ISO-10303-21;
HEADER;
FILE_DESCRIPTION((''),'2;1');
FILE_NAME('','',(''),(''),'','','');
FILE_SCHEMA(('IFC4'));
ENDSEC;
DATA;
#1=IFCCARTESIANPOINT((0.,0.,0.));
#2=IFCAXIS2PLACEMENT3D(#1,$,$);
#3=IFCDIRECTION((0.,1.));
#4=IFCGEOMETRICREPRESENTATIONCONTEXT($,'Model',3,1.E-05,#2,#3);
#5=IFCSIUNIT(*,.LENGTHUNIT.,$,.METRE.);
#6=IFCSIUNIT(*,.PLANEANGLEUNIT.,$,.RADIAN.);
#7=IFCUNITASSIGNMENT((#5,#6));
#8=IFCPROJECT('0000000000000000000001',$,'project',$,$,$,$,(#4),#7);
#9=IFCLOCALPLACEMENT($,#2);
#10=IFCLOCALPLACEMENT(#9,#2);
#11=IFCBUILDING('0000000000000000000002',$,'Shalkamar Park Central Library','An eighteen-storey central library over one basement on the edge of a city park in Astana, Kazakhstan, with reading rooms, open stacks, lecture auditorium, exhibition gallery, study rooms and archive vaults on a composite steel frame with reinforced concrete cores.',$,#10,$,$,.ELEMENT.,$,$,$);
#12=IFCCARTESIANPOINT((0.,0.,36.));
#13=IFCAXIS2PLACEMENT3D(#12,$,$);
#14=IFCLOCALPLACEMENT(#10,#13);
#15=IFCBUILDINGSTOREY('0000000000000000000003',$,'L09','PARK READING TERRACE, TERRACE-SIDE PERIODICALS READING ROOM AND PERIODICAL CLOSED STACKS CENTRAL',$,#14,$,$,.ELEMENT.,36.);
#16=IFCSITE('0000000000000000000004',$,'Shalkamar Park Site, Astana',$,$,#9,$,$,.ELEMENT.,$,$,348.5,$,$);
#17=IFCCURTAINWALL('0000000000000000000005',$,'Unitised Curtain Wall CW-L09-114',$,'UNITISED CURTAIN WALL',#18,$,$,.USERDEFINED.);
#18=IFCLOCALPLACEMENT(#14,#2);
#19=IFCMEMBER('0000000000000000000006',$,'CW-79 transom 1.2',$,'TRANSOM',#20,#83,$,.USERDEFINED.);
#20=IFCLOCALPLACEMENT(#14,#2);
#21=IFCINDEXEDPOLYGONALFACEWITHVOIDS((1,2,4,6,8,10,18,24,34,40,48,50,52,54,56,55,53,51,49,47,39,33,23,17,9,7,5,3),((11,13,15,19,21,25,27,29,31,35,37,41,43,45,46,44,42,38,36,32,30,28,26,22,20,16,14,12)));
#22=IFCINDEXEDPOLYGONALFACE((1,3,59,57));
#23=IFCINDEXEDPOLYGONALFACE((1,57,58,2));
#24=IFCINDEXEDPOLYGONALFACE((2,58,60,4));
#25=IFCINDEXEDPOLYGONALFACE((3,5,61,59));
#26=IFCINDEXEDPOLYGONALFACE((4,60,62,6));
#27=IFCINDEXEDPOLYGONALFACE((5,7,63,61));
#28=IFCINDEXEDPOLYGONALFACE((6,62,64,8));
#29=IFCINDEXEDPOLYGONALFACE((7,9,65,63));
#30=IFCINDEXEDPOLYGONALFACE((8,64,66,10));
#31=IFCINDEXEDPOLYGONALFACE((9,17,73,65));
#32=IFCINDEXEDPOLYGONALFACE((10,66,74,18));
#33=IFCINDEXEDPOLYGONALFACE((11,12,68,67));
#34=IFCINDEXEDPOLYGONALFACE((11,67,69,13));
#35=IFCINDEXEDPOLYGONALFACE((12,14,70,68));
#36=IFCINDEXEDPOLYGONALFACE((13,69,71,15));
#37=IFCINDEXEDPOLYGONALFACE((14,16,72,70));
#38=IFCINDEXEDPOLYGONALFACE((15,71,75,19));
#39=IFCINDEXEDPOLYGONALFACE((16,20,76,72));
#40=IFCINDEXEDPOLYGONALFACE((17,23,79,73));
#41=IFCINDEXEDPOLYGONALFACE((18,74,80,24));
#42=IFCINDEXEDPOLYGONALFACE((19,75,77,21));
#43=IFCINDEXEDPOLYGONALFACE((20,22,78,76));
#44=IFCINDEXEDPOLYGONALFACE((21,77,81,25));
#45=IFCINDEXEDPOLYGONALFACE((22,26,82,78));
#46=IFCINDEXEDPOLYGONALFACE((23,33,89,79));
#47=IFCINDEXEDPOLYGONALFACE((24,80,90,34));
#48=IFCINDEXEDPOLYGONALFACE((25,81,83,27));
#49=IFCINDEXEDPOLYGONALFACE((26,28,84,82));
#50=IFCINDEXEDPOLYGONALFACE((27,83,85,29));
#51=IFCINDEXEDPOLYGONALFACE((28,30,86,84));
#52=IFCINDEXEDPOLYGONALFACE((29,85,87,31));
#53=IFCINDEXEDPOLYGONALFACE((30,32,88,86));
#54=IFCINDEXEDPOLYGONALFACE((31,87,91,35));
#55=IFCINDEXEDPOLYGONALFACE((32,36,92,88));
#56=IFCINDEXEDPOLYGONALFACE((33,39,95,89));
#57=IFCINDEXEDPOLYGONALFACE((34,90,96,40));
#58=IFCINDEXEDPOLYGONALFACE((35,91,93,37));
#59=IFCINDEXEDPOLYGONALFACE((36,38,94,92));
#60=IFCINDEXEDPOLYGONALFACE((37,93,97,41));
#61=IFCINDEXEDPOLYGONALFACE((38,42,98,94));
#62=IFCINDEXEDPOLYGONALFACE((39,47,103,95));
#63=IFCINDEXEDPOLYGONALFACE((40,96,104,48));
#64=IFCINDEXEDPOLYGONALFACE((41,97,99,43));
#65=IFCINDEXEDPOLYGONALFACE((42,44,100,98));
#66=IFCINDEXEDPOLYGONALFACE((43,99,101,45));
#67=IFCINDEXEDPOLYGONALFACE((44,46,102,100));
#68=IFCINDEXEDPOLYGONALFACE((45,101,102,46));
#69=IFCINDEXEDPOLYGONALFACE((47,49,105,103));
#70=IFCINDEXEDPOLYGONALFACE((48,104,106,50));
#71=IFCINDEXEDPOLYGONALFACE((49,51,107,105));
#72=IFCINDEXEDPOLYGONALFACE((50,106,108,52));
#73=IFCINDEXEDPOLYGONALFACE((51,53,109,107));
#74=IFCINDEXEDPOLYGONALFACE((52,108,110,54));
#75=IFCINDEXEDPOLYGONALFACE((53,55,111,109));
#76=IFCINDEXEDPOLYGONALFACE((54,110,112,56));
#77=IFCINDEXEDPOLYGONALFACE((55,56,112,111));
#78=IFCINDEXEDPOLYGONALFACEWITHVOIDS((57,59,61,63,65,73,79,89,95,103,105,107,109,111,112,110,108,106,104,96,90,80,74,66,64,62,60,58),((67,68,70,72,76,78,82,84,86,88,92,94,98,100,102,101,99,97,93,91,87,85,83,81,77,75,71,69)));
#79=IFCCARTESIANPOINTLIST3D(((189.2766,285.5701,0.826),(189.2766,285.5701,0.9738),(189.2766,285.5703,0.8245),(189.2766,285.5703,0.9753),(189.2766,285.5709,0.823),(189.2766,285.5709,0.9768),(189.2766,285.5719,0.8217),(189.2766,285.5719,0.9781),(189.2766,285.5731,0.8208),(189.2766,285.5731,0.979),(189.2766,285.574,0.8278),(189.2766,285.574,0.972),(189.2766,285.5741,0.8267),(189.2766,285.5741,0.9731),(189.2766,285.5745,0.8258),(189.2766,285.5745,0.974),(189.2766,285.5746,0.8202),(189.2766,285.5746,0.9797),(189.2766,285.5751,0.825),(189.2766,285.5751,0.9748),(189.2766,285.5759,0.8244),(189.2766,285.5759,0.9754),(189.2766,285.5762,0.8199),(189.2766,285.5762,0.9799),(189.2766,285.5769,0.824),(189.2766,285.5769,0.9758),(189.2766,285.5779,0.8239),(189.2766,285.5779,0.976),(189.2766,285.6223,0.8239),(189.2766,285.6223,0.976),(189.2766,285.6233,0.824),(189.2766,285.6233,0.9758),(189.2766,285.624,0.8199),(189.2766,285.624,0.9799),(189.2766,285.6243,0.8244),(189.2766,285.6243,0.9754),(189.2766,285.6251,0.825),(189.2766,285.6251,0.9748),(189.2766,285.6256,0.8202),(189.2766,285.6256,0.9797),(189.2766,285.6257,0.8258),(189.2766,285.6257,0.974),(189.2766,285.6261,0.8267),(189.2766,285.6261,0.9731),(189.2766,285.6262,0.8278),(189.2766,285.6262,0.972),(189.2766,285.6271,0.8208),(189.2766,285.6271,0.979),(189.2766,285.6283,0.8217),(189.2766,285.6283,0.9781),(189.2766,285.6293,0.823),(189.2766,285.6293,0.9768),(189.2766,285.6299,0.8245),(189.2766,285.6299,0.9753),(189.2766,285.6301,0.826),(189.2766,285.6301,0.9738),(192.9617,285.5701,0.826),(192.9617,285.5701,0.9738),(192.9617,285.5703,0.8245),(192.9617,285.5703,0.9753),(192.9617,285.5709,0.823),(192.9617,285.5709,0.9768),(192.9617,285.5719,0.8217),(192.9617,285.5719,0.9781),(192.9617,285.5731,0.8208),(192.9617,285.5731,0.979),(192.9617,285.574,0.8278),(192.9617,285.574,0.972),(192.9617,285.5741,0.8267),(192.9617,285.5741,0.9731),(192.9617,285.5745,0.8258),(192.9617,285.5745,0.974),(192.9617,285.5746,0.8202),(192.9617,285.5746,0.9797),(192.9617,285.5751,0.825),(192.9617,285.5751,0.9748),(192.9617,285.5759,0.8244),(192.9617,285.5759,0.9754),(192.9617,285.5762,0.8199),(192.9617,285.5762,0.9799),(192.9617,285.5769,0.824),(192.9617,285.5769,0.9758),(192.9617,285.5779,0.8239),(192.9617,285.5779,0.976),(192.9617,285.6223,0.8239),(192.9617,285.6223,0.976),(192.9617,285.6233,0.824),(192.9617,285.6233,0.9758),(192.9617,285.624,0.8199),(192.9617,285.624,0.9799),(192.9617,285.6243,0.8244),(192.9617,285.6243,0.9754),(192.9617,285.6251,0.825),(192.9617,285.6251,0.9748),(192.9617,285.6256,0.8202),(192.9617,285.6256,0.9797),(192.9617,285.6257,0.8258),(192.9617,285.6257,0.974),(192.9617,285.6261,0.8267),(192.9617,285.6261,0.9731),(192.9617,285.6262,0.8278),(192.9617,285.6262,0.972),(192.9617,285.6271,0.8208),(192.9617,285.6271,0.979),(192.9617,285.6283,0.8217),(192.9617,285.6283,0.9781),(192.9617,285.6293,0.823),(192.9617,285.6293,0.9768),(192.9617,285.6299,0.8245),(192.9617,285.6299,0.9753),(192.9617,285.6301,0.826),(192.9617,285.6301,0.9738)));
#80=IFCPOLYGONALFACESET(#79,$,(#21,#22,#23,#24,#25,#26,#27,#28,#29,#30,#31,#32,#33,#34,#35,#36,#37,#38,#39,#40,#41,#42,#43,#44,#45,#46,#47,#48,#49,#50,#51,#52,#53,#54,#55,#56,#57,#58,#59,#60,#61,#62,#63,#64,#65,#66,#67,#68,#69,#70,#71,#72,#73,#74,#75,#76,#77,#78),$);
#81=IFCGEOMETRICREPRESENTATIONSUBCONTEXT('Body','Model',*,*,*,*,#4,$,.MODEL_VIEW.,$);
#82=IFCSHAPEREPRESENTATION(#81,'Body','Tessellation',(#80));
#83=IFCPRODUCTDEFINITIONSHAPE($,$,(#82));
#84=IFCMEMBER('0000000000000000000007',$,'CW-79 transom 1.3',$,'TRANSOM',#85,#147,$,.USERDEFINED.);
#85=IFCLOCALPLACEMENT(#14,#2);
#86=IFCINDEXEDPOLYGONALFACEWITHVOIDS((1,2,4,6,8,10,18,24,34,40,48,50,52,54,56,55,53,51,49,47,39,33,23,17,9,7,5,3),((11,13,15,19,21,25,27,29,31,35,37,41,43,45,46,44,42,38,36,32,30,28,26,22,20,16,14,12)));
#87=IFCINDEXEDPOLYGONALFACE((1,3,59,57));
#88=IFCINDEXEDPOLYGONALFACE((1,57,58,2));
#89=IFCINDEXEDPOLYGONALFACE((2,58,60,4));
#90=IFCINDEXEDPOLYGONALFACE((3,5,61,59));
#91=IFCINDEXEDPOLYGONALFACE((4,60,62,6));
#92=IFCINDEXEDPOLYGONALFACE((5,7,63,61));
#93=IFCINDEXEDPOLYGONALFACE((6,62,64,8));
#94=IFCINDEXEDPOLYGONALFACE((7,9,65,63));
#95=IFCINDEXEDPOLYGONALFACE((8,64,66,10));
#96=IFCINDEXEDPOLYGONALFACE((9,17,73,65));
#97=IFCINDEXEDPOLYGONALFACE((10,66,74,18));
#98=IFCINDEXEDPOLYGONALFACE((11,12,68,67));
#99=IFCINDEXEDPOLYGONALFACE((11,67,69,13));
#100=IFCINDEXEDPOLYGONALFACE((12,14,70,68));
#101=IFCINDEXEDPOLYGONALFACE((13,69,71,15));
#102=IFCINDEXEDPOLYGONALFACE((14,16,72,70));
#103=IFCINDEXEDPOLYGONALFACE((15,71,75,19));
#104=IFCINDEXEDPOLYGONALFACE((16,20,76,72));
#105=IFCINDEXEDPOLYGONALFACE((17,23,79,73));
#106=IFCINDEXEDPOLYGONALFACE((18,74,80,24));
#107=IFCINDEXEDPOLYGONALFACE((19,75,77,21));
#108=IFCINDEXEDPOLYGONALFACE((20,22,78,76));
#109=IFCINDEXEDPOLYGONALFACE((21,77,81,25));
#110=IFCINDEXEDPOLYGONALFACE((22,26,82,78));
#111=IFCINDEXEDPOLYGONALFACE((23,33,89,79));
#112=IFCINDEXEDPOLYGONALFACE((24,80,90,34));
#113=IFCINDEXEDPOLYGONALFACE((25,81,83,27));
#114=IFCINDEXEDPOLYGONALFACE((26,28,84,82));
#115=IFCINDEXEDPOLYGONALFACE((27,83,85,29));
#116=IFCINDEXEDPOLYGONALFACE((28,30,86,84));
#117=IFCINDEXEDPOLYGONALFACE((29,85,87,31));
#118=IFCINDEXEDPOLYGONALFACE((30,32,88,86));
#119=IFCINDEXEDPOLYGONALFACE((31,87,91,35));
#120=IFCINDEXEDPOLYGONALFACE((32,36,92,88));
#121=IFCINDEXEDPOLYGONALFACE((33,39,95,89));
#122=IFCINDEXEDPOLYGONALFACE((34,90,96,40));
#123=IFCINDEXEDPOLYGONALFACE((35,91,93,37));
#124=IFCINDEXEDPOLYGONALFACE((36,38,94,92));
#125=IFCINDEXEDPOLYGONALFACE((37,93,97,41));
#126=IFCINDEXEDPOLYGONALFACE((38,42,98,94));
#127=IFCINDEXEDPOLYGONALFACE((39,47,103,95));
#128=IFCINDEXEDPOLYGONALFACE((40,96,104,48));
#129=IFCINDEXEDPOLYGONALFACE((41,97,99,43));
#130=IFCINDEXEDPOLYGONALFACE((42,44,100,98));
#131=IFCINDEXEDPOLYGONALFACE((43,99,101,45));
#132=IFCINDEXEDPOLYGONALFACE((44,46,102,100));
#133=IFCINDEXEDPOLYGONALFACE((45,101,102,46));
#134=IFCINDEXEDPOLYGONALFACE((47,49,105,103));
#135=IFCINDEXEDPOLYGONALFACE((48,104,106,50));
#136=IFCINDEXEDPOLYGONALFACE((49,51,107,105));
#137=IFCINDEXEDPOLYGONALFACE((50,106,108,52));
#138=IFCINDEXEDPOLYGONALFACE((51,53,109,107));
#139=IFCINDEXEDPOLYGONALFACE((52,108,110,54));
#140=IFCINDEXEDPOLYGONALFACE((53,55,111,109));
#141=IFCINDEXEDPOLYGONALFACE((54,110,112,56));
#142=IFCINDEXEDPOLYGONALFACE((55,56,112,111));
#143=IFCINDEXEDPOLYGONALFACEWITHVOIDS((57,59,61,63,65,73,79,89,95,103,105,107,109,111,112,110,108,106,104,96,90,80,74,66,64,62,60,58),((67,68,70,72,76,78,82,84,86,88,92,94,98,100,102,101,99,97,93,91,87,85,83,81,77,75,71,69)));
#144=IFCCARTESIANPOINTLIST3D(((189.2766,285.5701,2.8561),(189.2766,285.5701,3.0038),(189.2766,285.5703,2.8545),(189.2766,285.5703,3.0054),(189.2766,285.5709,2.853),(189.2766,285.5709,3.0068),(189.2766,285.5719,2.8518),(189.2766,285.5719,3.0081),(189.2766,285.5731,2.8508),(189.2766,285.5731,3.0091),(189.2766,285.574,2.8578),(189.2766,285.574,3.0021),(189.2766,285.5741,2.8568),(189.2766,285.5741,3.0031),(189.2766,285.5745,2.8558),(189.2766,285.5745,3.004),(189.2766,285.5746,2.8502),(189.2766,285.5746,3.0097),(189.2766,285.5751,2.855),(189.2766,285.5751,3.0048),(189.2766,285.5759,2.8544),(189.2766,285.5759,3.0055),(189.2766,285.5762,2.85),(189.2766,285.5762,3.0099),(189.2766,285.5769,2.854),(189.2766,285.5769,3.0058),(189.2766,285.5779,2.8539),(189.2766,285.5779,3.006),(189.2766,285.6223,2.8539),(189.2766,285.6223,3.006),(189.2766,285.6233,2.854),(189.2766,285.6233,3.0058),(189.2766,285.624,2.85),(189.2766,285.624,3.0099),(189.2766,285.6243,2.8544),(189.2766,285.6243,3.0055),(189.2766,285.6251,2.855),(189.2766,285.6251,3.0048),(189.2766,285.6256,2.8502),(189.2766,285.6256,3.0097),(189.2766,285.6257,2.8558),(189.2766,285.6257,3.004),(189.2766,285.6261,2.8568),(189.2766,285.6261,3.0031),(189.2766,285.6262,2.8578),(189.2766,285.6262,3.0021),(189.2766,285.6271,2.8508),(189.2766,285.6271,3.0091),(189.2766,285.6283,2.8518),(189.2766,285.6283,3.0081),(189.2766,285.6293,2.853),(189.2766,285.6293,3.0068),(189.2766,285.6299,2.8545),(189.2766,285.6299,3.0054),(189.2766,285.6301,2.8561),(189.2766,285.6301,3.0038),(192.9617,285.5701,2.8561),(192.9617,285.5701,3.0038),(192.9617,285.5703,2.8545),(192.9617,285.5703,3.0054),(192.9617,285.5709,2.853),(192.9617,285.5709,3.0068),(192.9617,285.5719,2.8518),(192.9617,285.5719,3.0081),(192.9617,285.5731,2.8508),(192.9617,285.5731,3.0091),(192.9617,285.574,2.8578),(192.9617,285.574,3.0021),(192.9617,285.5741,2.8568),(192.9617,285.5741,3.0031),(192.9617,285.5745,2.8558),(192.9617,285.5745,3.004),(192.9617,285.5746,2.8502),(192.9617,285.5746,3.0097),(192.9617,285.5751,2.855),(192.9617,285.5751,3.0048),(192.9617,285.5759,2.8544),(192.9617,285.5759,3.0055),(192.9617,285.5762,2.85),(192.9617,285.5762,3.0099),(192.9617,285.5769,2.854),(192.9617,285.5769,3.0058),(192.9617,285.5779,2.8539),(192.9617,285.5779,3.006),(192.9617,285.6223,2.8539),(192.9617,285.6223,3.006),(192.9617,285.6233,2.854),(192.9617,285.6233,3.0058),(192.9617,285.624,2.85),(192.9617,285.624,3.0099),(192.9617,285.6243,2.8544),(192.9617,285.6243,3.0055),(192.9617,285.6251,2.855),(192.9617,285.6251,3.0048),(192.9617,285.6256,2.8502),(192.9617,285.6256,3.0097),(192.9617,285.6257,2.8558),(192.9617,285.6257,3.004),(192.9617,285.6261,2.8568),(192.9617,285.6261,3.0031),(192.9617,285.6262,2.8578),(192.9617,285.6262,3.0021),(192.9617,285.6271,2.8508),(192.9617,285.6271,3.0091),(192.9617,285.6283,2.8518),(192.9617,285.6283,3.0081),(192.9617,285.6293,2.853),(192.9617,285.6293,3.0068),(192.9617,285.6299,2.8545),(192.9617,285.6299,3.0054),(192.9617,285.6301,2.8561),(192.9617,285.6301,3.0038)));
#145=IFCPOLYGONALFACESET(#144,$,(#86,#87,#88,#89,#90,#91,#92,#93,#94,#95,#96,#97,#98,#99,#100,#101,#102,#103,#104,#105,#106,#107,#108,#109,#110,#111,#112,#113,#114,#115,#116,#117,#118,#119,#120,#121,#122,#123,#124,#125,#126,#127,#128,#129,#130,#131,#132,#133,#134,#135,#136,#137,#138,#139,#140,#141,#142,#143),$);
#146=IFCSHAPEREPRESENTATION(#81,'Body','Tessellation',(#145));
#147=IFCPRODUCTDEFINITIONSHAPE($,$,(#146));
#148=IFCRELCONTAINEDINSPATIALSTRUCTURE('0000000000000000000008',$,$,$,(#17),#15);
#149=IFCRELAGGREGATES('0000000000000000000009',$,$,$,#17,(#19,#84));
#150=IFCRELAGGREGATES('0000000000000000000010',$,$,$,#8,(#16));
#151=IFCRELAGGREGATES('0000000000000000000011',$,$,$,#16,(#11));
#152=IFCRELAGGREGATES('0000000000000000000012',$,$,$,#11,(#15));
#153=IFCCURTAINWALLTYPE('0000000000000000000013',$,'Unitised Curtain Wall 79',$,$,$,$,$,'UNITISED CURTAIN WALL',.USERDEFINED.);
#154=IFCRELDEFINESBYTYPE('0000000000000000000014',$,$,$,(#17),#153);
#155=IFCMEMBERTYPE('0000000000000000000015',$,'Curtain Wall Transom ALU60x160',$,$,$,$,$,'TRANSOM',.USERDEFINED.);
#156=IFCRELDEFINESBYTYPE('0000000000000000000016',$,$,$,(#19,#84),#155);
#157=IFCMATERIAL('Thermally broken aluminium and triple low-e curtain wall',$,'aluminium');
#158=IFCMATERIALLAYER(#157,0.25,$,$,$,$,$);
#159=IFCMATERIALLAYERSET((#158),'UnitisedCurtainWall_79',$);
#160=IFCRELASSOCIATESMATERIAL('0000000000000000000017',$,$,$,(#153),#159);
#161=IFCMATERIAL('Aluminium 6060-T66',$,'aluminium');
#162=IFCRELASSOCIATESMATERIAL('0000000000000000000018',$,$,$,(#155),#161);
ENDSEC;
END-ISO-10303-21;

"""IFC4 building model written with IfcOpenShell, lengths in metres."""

from ifc_helpers import new_model, si_unit, direction, frame, origin, origin_2d, place, context, subcontext, project, spatial, hollow_rectangle, extrude, material, layer, layer_set, material_profile, profile_set, type_object, element, aggregate, save


model = new_model("IFC4")

# Units and contexts
model_context = context("Model", 3, precision=1e-05, world=origin(), true_north=direction((0.0, 1.0)))
body_context = subcontext(model_context, "Body", "Model", "MODEL_VIEW")
ifc_project = project(units=[si_unit("LENGTHUNIT", "METRE"), si_unit("PLANEANGLEUNIT", "RADIAN")], contexts=[model_context])

# Site, building, storey
site_placement = place(None, origin())
site = spatial("IfcSite", under=ifc_project, at=site_placement, Name="Shalkamar Park Site, Astana", CompositionType="ELEMENT", RefElevation=348.5)
building_placement = place(site_placement, origin())
building = spatial("IfcBuilding", under=site, at=building_placement, Name="Shalkamar Park Central Library", Description="An eighteen-storey central library over one basement on the edge of a city park in Astana, Kazakhstan, with reading rooms, open stacks, lecture auditorium, exhibition gallery, study rooms and archive vaults on a composite steel frame with reinforced concrete cores.", CompositionType="ELEMENT")
storey_placement = place(building_placement, frame((0.0, 0.0, 36.0)))
storey = spatial("IfcBuildingStorey", under=building, at=storey_placement, Name="L09", Description="PARK READING TERRACE, TERRACE-SIDE PERIODICALS READING ROOM AND PERIODICAL CLOSED STACKS CENTRAL", CompositionType="ELEMENT", Elevation=36.0)

# Curtain wall, members
ifc_material_1 = material(Name="Thermally broken aluminium and triple low-e curtain wall", Category="aluminium")
ifc_layer_1 = layer(ifc_material_1, 0.25)
ifc_layer_set_1 = layer_set([ifc_layer_1], Name="UnitisedCurtainWall_79")
curtain_wall_type = type_object("IfcCurtainWallType", Name="Unitised Curtain Wall 79", ElementType="UNITISED CURTAIN WALL", PredefinedType="USERDEFINED", material=ifc_layer_set_1)
curtain_wall_placement = place(storey_placement, origin())
curtain_wall = element("IfcCurtainWall", 1, at=curtain_wall_placement, inside=storey, type_object=curtain_wall_type, Name="Unitised Curtain Wall CW-L09-114", ObjectType="UNITISED CURTAIN WALL", PredefinedType="USERDEFINED")
ifc_material_2 = material(Name="Aluminium 6060-T66", Category="aluminium")
ifc_material_profile_1 = material_profile(ifc_material_2, hollow_rectangle(XDim=0.0601, YDim=0.1599, WallThickness=0.0039, InnerFilletRadius=0.0039, OuterFilletRadius=0.0061, at=origin_2d()), Name="ALU 60x160x4")
ifc_profile_set_1 = profile_set([ifc_material_profile_1], Name="Aluminium 6060-T66")
member_type_1 = type_object("IfcMemberType", Name="Curtain Wall Transom ALU60x160", ElementType="TRANSOM", PredefinedType="USERDEFINED", material=ifc_profile_set_1)
member_1_placement = place(storey_placement, frame((189.2766, 285.6001, 0.8999), z_axis=(1.0, 0.0, 0.0), x_axis=(0.0, 1.0, 0.0)))
member_1 = element("IfcMember", 2, at=member_1_placement, type_object=member_type_1, Name="CW-79 transom 1.2", ObjectType="TRANSOM", PredefinedType="USERDEFINED", context=body_context, shape_type="SweptSolid", body=[
    extrude(hollow_rectangle(XDim=0.0601, YDim=0.1599, WallThickness=0.0039, InnerFilletRadius=0.0039, OuterFilletRadius=0.0061, at=origin_2d()), origin(), (0.0, 0.0, 1.0), 3.6851),
])
member_2_placement = place(storey_placement, frame((189.2766, 285.6001, 2.9299), z_axis=(1.0, 0.0, 0.0), x_axis=(0.0, 1.0, 0.0)))
member_2 = element("IfcMember", 3, at=member_2_placement, type_object=member_type_1, Name="CW-79 transom 1.3", ObjectType="TRANSOM", PredefinedType="USERDEFINED", context=body_context, shape_type="SweptSolid", body=[
    extrude(hollow_rectangle(XDim=0.0601, YDim=0.1599, WallThickness=0.0039, InnerFilletRadius=0.0039, OuterFilletRadius=0.0061, at=origin_2d()), origin(), (0.0, 0.0, 1.0), 3.6851),
])

aggregate(curtain_wall, [member_1, member_2])

save(model, "model.ifc")
